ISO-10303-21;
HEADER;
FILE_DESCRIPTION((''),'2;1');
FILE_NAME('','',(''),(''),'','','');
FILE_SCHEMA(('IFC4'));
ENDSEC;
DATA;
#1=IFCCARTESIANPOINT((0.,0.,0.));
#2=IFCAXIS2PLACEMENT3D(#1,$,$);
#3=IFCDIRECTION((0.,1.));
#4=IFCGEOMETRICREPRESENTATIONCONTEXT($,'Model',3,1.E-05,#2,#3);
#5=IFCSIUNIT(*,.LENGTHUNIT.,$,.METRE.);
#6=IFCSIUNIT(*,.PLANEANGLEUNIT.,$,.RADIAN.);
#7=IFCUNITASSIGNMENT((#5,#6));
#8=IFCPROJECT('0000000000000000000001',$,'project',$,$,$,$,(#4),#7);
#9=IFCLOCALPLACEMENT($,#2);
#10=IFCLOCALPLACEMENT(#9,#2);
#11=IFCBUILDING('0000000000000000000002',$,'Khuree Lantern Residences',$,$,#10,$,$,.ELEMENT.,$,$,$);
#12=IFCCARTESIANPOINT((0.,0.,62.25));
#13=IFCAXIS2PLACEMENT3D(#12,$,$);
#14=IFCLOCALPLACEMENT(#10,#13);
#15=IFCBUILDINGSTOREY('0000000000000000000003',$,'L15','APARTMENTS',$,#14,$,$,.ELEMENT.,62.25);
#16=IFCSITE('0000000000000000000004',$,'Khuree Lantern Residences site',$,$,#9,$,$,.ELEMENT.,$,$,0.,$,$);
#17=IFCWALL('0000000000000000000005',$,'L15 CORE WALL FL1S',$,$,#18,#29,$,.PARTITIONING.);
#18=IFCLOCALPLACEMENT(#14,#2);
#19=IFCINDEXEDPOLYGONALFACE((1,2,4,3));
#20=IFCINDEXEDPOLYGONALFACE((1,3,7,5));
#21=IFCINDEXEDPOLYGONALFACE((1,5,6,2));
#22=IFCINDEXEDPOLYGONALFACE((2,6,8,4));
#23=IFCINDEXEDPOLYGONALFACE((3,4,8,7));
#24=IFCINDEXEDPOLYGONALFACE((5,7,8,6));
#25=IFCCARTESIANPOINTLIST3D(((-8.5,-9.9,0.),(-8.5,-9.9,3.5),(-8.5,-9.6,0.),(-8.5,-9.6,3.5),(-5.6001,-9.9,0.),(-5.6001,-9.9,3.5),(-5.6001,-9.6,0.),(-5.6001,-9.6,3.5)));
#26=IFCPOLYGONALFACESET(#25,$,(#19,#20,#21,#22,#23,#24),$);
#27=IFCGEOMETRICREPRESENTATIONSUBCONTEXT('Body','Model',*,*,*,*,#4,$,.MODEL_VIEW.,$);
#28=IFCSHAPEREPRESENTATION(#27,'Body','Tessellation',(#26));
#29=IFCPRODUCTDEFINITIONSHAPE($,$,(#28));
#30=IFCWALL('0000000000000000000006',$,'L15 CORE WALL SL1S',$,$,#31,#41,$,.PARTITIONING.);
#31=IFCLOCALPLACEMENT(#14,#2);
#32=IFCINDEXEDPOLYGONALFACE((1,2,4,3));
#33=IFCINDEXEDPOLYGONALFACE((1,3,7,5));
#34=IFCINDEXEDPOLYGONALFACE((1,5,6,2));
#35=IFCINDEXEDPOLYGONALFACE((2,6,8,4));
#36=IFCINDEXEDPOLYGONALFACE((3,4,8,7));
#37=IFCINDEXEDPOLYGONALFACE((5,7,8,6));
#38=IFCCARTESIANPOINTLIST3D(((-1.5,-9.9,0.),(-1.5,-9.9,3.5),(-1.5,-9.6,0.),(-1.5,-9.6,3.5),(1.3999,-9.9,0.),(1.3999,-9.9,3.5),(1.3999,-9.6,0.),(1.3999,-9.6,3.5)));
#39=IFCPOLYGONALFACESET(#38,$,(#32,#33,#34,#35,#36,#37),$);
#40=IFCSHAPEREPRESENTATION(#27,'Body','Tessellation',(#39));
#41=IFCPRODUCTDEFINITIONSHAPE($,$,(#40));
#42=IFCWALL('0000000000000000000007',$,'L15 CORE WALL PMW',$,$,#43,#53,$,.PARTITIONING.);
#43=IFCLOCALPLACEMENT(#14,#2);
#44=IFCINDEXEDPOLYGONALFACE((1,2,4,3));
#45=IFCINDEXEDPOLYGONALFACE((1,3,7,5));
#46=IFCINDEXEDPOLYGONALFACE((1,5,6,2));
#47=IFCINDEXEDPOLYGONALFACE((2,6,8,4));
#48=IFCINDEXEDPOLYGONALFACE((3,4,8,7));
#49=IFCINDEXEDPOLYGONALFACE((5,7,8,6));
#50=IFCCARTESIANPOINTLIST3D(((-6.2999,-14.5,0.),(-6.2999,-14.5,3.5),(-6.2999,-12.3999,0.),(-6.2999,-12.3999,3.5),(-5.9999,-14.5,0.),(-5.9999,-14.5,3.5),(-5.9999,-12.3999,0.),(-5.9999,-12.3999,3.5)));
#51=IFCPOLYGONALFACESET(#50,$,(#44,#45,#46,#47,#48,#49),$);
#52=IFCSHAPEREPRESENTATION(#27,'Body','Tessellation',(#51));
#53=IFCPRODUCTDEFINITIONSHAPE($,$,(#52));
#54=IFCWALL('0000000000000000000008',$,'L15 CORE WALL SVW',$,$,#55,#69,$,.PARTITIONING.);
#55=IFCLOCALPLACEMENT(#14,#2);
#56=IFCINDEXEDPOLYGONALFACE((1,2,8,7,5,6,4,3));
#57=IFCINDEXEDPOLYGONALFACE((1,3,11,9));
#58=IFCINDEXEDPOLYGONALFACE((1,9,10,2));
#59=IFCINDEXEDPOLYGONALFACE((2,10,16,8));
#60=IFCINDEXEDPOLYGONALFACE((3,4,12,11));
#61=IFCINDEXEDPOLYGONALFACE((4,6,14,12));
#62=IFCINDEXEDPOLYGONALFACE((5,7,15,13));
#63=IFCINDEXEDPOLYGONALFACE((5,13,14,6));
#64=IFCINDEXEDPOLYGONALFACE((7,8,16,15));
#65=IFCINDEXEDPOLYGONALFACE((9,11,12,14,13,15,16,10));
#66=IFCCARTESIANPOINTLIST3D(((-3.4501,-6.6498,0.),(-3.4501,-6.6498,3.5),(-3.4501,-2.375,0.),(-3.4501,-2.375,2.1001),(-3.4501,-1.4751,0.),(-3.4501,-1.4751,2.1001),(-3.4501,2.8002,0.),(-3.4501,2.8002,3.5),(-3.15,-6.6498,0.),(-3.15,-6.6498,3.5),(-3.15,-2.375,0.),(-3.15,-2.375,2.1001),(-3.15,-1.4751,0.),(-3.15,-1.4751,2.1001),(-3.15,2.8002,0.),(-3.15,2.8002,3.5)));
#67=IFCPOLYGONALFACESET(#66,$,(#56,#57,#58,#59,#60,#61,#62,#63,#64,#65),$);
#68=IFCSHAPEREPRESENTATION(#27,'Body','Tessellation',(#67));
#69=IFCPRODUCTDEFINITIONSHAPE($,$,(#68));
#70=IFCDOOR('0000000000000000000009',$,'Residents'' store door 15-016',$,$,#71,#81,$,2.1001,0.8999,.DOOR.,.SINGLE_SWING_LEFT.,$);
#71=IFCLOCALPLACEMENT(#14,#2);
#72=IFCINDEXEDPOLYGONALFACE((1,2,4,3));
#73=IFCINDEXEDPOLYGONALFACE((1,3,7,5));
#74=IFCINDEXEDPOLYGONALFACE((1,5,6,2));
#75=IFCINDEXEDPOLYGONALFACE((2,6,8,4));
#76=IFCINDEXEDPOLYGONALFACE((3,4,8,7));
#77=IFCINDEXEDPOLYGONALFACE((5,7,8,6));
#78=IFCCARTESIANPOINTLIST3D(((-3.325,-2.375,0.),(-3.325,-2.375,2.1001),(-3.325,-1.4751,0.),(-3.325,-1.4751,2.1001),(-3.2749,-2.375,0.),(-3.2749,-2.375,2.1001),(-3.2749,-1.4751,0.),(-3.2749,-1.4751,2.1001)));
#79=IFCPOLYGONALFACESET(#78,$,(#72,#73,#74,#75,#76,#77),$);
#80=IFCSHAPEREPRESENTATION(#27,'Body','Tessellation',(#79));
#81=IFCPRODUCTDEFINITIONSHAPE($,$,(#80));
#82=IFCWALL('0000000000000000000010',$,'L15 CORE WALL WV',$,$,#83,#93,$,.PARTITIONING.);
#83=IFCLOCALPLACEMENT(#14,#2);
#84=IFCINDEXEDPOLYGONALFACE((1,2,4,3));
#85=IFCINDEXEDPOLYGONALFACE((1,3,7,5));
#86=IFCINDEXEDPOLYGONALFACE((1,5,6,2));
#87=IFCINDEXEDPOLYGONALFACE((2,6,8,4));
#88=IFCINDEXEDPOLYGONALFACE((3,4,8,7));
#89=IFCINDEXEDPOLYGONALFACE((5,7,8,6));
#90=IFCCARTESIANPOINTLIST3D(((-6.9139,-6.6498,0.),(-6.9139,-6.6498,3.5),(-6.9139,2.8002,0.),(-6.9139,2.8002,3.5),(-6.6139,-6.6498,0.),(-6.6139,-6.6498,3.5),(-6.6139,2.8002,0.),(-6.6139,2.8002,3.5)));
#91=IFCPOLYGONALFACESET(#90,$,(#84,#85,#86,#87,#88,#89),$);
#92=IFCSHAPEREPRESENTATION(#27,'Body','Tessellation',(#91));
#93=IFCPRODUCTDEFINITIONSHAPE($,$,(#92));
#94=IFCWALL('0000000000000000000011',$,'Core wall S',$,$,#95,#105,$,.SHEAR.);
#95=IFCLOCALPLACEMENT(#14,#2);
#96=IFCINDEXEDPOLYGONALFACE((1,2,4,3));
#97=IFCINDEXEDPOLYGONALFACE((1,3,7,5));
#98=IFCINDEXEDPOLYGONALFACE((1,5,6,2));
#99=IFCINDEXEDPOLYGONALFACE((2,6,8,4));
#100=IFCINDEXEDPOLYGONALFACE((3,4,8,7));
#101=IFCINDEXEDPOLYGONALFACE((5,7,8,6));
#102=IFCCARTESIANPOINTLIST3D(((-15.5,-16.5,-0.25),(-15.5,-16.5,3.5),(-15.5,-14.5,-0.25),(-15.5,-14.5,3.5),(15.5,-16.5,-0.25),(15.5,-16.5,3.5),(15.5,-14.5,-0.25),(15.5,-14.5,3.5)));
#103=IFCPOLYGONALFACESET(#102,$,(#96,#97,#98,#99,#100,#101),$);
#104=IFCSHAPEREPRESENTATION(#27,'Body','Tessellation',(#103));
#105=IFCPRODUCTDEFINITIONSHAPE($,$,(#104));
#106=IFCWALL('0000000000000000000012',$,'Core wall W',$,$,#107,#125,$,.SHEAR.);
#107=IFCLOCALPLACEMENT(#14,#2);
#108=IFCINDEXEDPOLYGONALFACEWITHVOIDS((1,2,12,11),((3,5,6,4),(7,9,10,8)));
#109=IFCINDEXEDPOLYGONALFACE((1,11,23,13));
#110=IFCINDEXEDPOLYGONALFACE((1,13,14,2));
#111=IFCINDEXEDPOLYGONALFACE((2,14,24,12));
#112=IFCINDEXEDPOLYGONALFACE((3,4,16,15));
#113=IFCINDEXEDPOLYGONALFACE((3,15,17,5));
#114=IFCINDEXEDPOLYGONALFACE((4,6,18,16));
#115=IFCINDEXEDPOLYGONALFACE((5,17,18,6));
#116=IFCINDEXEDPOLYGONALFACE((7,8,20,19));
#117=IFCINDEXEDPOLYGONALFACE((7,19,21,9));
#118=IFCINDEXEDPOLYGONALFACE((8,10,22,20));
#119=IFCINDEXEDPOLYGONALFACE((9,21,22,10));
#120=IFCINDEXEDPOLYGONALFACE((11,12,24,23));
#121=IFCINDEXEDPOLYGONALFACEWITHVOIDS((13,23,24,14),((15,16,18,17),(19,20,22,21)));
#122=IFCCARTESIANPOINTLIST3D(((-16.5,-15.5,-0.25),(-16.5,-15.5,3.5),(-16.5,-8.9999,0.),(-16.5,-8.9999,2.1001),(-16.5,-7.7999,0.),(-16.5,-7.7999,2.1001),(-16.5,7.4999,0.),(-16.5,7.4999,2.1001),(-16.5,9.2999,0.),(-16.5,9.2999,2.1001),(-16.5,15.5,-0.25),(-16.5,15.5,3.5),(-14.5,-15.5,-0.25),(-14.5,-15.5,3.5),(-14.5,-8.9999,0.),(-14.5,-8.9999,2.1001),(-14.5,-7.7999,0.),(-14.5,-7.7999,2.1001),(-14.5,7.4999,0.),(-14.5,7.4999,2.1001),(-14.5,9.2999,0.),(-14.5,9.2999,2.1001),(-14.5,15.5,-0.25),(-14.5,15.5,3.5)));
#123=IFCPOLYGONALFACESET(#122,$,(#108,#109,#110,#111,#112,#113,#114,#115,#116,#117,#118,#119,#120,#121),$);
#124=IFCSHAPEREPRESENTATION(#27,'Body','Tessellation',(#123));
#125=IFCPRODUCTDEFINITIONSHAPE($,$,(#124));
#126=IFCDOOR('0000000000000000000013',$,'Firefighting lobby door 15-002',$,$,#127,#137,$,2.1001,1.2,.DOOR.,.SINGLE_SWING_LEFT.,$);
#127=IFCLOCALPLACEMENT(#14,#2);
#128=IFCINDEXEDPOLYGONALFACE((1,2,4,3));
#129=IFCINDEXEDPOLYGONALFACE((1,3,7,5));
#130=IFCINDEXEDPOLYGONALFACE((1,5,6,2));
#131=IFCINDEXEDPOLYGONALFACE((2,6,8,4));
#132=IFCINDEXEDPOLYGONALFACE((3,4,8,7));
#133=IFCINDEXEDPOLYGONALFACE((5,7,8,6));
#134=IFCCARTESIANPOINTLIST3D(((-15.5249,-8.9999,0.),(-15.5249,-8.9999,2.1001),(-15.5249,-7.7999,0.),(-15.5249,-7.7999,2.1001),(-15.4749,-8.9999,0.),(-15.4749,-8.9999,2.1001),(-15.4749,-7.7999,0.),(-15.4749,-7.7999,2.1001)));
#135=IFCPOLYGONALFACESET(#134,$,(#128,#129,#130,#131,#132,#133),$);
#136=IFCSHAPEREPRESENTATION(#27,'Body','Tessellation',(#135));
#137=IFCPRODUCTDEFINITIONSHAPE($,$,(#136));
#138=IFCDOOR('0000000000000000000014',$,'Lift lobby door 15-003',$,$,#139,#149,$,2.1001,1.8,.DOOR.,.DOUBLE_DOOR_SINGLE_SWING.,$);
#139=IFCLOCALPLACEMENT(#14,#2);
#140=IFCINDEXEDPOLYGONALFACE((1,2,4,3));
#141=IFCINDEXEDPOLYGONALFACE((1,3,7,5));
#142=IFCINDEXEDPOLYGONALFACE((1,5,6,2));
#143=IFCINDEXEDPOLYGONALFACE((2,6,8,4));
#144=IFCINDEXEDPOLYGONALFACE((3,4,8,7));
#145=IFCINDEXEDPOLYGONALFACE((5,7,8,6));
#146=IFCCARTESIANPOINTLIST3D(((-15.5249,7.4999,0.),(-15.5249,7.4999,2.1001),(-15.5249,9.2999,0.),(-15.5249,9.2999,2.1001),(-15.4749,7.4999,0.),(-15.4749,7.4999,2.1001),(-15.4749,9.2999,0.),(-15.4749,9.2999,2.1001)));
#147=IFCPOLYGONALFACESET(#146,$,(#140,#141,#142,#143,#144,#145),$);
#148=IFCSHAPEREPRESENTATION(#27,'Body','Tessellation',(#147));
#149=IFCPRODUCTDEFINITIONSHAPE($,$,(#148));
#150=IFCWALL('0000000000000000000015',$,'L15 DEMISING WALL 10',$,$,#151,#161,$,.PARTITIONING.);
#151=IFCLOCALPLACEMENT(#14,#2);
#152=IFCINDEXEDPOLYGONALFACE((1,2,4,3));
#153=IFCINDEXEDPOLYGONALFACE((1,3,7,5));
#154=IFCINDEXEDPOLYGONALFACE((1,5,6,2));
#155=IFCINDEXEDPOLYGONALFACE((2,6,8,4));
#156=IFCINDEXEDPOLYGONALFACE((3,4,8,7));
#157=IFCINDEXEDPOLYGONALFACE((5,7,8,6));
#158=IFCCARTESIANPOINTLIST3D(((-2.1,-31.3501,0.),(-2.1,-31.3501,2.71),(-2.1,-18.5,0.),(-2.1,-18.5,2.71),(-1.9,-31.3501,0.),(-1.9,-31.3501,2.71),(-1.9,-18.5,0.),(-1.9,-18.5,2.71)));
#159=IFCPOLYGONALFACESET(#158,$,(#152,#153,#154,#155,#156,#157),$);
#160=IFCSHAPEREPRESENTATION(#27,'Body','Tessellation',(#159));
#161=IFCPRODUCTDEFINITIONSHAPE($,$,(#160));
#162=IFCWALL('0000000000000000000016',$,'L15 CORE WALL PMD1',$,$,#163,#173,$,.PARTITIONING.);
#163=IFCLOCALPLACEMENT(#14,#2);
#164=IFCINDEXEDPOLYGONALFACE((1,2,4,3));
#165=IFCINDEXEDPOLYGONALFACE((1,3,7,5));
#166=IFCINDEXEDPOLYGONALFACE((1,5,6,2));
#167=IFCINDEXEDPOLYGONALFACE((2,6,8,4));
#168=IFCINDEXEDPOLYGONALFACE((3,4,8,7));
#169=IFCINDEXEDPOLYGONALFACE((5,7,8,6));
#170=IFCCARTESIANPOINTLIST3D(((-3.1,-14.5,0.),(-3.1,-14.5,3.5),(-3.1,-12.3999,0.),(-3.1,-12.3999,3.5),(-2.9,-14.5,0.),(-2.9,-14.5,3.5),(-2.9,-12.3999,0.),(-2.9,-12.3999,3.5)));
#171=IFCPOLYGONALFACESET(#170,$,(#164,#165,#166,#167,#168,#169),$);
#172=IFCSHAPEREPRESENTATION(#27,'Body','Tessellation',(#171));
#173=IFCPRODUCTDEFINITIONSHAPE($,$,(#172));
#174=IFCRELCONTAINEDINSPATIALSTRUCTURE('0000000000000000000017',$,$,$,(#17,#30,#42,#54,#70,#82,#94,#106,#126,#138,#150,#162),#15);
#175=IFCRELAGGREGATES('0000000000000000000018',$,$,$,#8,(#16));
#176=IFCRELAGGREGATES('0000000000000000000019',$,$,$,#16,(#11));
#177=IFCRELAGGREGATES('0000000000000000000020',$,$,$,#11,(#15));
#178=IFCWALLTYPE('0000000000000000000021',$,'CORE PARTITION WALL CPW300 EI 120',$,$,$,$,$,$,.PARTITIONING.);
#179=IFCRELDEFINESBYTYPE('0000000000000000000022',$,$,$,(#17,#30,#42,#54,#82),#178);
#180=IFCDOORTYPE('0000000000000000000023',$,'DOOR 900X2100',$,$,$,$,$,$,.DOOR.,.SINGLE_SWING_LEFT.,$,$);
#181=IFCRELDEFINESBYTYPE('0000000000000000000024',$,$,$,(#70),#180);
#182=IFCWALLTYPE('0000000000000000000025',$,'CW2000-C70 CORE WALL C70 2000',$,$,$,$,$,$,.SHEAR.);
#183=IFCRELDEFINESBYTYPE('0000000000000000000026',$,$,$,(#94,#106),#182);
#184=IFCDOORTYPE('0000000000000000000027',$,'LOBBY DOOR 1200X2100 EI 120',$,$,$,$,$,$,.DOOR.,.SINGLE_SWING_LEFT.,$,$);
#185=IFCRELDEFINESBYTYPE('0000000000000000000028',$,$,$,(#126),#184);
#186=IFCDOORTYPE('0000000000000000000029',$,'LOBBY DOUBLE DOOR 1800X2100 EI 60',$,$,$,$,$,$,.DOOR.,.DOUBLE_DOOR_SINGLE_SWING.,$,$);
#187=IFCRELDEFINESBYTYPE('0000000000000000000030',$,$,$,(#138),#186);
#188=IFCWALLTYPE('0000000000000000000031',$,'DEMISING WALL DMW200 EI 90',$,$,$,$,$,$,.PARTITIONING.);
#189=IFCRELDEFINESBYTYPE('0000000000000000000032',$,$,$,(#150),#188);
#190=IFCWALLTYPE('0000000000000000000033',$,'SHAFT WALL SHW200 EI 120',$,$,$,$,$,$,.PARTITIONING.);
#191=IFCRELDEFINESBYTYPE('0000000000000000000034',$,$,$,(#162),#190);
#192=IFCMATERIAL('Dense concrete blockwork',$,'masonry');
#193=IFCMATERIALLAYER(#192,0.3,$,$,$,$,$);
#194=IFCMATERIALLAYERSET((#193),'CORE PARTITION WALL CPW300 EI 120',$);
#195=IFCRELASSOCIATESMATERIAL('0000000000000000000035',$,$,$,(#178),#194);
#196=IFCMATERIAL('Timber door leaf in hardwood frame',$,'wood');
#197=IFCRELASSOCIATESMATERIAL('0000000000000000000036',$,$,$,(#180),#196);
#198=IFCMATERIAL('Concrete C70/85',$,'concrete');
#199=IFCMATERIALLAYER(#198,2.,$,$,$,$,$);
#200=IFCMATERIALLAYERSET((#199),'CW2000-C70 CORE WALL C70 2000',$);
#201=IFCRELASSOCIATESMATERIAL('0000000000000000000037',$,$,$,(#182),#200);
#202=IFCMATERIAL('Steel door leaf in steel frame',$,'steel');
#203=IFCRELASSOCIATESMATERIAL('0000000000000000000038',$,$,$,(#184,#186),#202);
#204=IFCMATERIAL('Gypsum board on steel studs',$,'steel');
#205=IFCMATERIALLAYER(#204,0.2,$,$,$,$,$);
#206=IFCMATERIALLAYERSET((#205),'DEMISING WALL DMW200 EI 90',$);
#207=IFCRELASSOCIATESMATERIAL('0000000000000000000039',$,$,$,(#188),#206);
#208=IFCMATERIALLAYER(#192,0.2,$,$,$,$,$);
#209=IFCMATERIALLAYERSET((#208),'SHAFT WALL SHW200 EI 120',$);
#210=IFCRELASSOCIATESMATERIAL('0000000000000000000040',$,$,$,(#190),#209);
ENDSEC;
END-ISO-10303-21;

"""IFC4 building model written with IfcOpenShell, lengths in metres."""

from ifc_helpers import new_model, si_unit, direction, frame, frame_2d, origin, place, context, subcontext, project, spatial, rectangle, extrude, material, layer, layer_set, type_object, element, fill, save


model = new_model("IFC4")

# Units and contexts
model_context = context("Model", 3, precision=1e-05, world=origin(), true_north=direction((0.0, 1.0)))
body_context = subcontext(model_context, "Body", "Model", "MODEL_VIEW")
ifc_project = project(units=[si_unit("LENGTHUNIT", "METRE"), si_unit("PLANEANGLEUNIT", "RADIAN")], contexts=[model_context])

# Site, building, storey
site_placement = place(None, origin())
site = spatial("IfcSite", under=ifc_project, at=site_placement, Name="Khuree Lantern Residences site", CompositionType="ELEMENT", RefElevation=0.0)
building_placement = place(site_placement, origin())
building = spatial("IfcBuilding", under=site, at=building_placement, Name="Khuree Lantern Residences", CompositionType="ELEMENT")
storey_placement = place(building_placement, frame((0.0, 0.0, 62.25)))
storey = spatial("IfcBuildingStorey", under=building, at=storey_placement, Name="L15", Description="APARTMENTS", CompositionType="ELEMENT", Elevation=62.25)

# Shared definitions
ifc_material_1 = material(Name="Concrete C70/85", Category="concrete")

# Shared definitions
ifc_material_2 = material(Name="Dense concrete blockwork", Category="masonry")
ifc_layer_1 = layer(ifc_material_2, 0.3)
ifc_layer_set_1 = layer_set([ifc_layer_1], Name="CORE PARTITION WALL CPW300 EI 120")
wall_type_1 = type_object("IfcWallType", Name="CORE PARTITION WALL CPW300 EI 120", PredefinedType="PARTITIONING", material=ifc_layer_set_1)

# Shared definitions
ifc_material_3 = material(Name="Steel door leaf in steel frame", Category="steel")

# Walls
for number, where, z_axis, x_axis, name in (
    (1, (-8.5, -9.75, 0.0), (0.0, 0.0, 1.0), (1.0, 0.0, 0.0), "L15 CORE WALL FL1S"),
    (2, (-1.5, -9.75, 0.0), (0.0, 0.0, 1.0), (1.0, 0.0, 0.0), "L15 CORE WALL SL1S"),
):
    element("IfcWall", number, at=place(storey_placement, frame(where, z_axis=z_axis, x_axis=x_axis)), inside=storey, type_object=wall_type_1, Name=name, PredefinedType="PARTITIONING", context=body_context, shape_type="SweptSolid", body=[
        extrude(rectangle(XDim=2.8999, YDim=0.3, at=frame_2d((1.45, 0.0))), origin(), (0.0, 0.0, 1.0), 3.5),
    ])
wall_1_placement = place(storey_placement, frame((-6.1499, -14.5, 0.0), z_axis=(0.0, 0.0, 1.0), x_axis=(0.0, 1.0, 0.0)))
element("IfcWall", 3, at=wall_1_placement, inside=storey, type_object=wall_type_1, Name="L15 CORE WALL PMW", PredefinedType="PARTITIONING", context=body_context, shape_type="SweptSolid", body=[
    extrude(rectangle(XDim=2.1001, YDim=0.3, at=frame_2d((1.05, 0.0))), origin(), (0.0, 0.0, 1.0), 3.5),
])

# Wall, opening, door
wall_2_placement = place(storey_placement, frame((-3.3, -6.6499, 0.0), z_axis=(0.0, 0.0, 1.0), x_axis=(0.0, 1.0, 0.0)))
wall_2 = element("IfcWall", 4, at=wall_2_placement, inside=storey, type_object=wall_type_1, Name="L15 CORE WALL SVW", PredefinedType="PARTITIONING", context=body_context, shape_type="SweptSolid", body=[
    extrude(rectangle(XDim=9.45, YDim=0.3, at=frame_2d((4.7251, 0.0))), origin(), (0.0, 0.0, 1.0), 3.5),
])
opening_1_placement = place(wall_2_placement, frame((4.2749, 0.0, 0.0)))
opening_1 = element("IfcOpeningElement", 5, at=opening_1_placement, cuts=wall_2, PredefinedType="OPENING", context=body_context, shape_type="SweptSolid", body=[
    extrude(rectangle(XDim=0.8999, YDim=2.1001, at=frame_2d((0.45, 1.05))), frame((0.0, 0.1602, 0.0), z_axis=(0.0, -1.0, 0.0), x_axis=(1.0, 0.0, 0.0)), (0.0, 0.0, 1.0), 0.3201),
])
ifc_material_4 = material(Name="Timber door leaf in hardwood frame", Category="wood")
door_type_1 = type_object("IfcDoorType", Name="DOOR 900X2100", OperationType="SINGLE_SWING_LEFT", PredefinedType="DOOR", material=ifc_material_4)
door_1_placement = place(opening_1_placement, origin())
door_1 = element("IfcDoor", 6, at=door_1_placement, inside=storey, type_object=door_type_1, Name="Residents' store door 15-016", OperationType="SINGLE_SWING_LEFT", OverallHeight=2.1001, OverallWidth=0.8999, PredefinedType="DOOR", context=body_context, shape_type="SweptSolid", body=[
    extrude(rectangle(XDim=0.8999, YDim=2.1001, at=frame_2d((0.45, 1.05))), frame((0.0, 0.0249, 0.0), z_axis=(0.0, -1.0, 0.0), x_axis=(1.0, 0.0, 0.0)), (0.0, 0.0, 1.0), 0.05),
])
fill(opening_1, door_1)

# Walls
wall_3_placement = place(storey_placement, frame((-6.7639, -6.6499, 0.0), z_axis=(0.0, 0.0, 1.0), x_axis=(0.0, 1.0, 0.0)))
element("IfcWall", 7, at=wall_3_placement, inside=storey, type_object=wall_type_1, Name="L15 CORE WALL WV", PredefinedType="PARTITIONING", context=body_context, shape_type="SweptSolid", body=[
    extrude(rectangle(XDim=9.45, YDim=0.3, at=frame_2d((4.7251, 0.0))), origin(), (0.0, 0.0, 1.0), 3.5),
])
ifc_layer_2 = layer(ifc_material_1, 2.0)
ifc_layer_set_2 = layer_set([ifc_layer_2], Name="CW2000-C70 CORE WALL C70 2000")
wall_type_2 = type_object("IfcWallType", Name="CW2000-C70 CORE WALL C70 2000", PredefinedType="SHEAR", material=ifc_layer_set_2)
wall_4_placement = place(storey_placement, frame((-15.5, -15.5, -0.25), z_axis=(0.0, 0.0, 1.0), x_axis=(1.0, 0.0, 0.0)))
element("IfcWall", 8, at=wall_4_placement, inside=storey, type_object=wall_type_2, Name="Core wall S", PredefinedType="SHEAR", context=body_context, shape_type="SweptSolid", body=[
    extrude(rectangle(XDim=31.0, YDim=2.0, at=frame_2d((15.5, 0.0))), origin(), (0.0, 0.0, 1.0), 3.75),
])

# Wall, openings, doors
wall_5_placement = place(storey_placement, frame((-15.5, -15.5, -0.25), z_axis=(0.0, 0.0, 1.0), x_axis=(0.0, 1.0, 0.0)))
wall_5 = element("IfcWall", 9, at=wall_5_placement, inside=storey, type_object=wall_type_2, Name="Core wall W", PredefinedType="SHEAR", context=body_context, shape_type="SweptSolid", body=[
    extrude(rectangle(XDim=31.0, YDim=2.0, at=frame_2d((15.5, 0.0))), origin(), (0.0, 0.0, 1.0), 3.75),
])
opening_2_placement = place(wall_5_placement, frame((6.5, 0.0, 0.25)))
opening_2 = element("IfcOpeningElement", 10, at=opening_2_placement, cuts=wall_5, PredefinedType="OPENING", context=body_context, shape_type="SweptSolid", body=[
    extrude(rectangle(XDim=1.2, YDim=2.1001, at=frame_2d((0.6001, 1.05))), frame((0.0, 1.01, 0.0), z_axis=(0.0, -1.0, 0.0), x_axis=(1.0, 0.0, 0.0)), (0.0, 0.0, 1.0), 2.02),
])
opening_3_placement = place(wall_5_placement, frame((23.0, 0.0, 0.25)))
opening_3 = element("IfcOpeningElement", 11, at=opening_3_placement, cuts=wall_5, PredefinedType="OPENING", context=body_context, shape_type="SweptSolid", body=[
    extrude(rectangle(XDim=1.8, YDim=2.1001, at=frame_2d((0.8999, 1.05))), frame((0.0, 1.01, 0.0), z_axis=(0.0, -1.0, 0.0), x_axis=(1.0, 0.0, 0.0)), (0.0, 0.0, 1.0), 2.02),
])
door_type_2 = type_object("IfcDoorType", Name="LOBBY DOOR 1200X2100 EI 120", OperationType="SINGLE_SWING_LEFT", PredefinedType="DOOR", material=ifc_material_3)
door_2_placement = place(opening_2_placement, origin())
door_2 = element("IfcDoor", 12, at=door_2_placement, inside=storey, type_object=door_type_2, Name="Firefighting lobby door 15-002", OperationType="SINGLE_SWING_LEFT", OverallHeight=2.1001, OverallWidth=1.2, PredefinedType="DOOR", context=body_context, shape_type="SweptSolid", body=[
    extrude(rectangle(XDim=1.2, YDim=2.1001, at=frame_2d((0.6001, 1.05))), frame((0.0, 0.0249, 0.0), z_axis=(0.0, -1.0, 0.0), x_axis=(1.0, 0.0, 0.0)), (0.0, 0.0, 1.0), 0.05),
])
fill(opening_2, door_2)
door_type_3 = type_object("IfcDoorType", Name="LOBBY DOUBLE DOOR 1800X2100 EI 60", OperationType="DOUBLE_DOOR_SINGLE_SWING", PredefinedType="DOOR", material=ifc_material_3)
door_3_placement = place(opening_3_placement, origin())
door_3 = element("IfcDoor", 13, at=door_3_placement, inside=storey, type_object=door_type_3, Name="Lift lobby door 15-003", OperationType="DOUBLE_DOOR_SINGLE_SWING", OverallHeight=2.1001, OverallWidth=1.8, PredefinedType="DOOR", context=body_context, shape_type="SweptSolid", body=[
    extrude(rectangle(XDim=1.8, YDim=2.1001, at=frame_2d((0.8999, 1.05))), frame((0.0, 0.0249, 0.0), z_axis=(0.0, -1.0, 0.0), x_axis=(1.0, 0.0, 0.0)), (0.0, 0.0, 1.0), 0.05),
])
fill(opening_3, door_3)

# Walls
ifc_material_5 = material(Name="Gypsum board on steel studs", Category="steel")
ifc_layer_3 = layer(ifc_material_5, 0.2)
ifc_layer_set_3 = layer_set([ifc_layer_3], Name="DEMISING WALL DMW200 EI 90")
wall_type_3 = type_object("IfcWallType", Name="DEMISING WALL DMW200 EI 90", PredefinedType="PARTITIONING", material=ifc_layer_set_3)
wall_6_placement = place(storey_placement, frame((-2.0, -18.5, 0.0), z_axis=(0.0, 0.0, 1.0), x_axis=(0.0, -1.0, 0.0)))
element("IfcWall", 14, at=wall_6_placement, inside=storey, type_object=wall_type_3, Name="L15 DEMISING WALL 10", PredefinedType="PARTITIONING", context=body_context, shape_type="SweptSolid", body=[
    extrude(rectangle(XDim=12.8501, YDim=0.2, at=frame_2d((6.425, 0.0))), origin(), (0.0, 0.0, 1.0), 2.71),
])
ifc_layer_4 = layer(ifc_material_2, 0.2)
ifc_layer_set_4 = layer_set([ifc_layer_4], Name="SHAFT WALL SHW200 EI 120")
wall_type_4 = type_object("IfcWallType", Name="SHAFT WALL SHW200 EI 120", PredefinedType="PARTITIONING", material=ifc_layer_set_4)
wall_7_placement = place(storey_placement, frame((-3.0, -14.5, 0.0), z_axis=(0.0, 0.0, 1.0), x_axis=(0.0, 1.0, 0.0)))
element("IfcWall", 15, at=wall_7_placement, inside=storey, type_object=wall_type_4, Name="L15 CORE WALL PMD1", PredefinedType="PARTITIONING", context=body_context, shape_type="SweptSolid", body=[
    extrude(rectangle(XDim=2.1001, YDim=0.2, at=frame_2d((1.05, 0.0))), origin(), (0.0, 0.0, 1.0), 3.5),
])

save(model, "model.ifc")
